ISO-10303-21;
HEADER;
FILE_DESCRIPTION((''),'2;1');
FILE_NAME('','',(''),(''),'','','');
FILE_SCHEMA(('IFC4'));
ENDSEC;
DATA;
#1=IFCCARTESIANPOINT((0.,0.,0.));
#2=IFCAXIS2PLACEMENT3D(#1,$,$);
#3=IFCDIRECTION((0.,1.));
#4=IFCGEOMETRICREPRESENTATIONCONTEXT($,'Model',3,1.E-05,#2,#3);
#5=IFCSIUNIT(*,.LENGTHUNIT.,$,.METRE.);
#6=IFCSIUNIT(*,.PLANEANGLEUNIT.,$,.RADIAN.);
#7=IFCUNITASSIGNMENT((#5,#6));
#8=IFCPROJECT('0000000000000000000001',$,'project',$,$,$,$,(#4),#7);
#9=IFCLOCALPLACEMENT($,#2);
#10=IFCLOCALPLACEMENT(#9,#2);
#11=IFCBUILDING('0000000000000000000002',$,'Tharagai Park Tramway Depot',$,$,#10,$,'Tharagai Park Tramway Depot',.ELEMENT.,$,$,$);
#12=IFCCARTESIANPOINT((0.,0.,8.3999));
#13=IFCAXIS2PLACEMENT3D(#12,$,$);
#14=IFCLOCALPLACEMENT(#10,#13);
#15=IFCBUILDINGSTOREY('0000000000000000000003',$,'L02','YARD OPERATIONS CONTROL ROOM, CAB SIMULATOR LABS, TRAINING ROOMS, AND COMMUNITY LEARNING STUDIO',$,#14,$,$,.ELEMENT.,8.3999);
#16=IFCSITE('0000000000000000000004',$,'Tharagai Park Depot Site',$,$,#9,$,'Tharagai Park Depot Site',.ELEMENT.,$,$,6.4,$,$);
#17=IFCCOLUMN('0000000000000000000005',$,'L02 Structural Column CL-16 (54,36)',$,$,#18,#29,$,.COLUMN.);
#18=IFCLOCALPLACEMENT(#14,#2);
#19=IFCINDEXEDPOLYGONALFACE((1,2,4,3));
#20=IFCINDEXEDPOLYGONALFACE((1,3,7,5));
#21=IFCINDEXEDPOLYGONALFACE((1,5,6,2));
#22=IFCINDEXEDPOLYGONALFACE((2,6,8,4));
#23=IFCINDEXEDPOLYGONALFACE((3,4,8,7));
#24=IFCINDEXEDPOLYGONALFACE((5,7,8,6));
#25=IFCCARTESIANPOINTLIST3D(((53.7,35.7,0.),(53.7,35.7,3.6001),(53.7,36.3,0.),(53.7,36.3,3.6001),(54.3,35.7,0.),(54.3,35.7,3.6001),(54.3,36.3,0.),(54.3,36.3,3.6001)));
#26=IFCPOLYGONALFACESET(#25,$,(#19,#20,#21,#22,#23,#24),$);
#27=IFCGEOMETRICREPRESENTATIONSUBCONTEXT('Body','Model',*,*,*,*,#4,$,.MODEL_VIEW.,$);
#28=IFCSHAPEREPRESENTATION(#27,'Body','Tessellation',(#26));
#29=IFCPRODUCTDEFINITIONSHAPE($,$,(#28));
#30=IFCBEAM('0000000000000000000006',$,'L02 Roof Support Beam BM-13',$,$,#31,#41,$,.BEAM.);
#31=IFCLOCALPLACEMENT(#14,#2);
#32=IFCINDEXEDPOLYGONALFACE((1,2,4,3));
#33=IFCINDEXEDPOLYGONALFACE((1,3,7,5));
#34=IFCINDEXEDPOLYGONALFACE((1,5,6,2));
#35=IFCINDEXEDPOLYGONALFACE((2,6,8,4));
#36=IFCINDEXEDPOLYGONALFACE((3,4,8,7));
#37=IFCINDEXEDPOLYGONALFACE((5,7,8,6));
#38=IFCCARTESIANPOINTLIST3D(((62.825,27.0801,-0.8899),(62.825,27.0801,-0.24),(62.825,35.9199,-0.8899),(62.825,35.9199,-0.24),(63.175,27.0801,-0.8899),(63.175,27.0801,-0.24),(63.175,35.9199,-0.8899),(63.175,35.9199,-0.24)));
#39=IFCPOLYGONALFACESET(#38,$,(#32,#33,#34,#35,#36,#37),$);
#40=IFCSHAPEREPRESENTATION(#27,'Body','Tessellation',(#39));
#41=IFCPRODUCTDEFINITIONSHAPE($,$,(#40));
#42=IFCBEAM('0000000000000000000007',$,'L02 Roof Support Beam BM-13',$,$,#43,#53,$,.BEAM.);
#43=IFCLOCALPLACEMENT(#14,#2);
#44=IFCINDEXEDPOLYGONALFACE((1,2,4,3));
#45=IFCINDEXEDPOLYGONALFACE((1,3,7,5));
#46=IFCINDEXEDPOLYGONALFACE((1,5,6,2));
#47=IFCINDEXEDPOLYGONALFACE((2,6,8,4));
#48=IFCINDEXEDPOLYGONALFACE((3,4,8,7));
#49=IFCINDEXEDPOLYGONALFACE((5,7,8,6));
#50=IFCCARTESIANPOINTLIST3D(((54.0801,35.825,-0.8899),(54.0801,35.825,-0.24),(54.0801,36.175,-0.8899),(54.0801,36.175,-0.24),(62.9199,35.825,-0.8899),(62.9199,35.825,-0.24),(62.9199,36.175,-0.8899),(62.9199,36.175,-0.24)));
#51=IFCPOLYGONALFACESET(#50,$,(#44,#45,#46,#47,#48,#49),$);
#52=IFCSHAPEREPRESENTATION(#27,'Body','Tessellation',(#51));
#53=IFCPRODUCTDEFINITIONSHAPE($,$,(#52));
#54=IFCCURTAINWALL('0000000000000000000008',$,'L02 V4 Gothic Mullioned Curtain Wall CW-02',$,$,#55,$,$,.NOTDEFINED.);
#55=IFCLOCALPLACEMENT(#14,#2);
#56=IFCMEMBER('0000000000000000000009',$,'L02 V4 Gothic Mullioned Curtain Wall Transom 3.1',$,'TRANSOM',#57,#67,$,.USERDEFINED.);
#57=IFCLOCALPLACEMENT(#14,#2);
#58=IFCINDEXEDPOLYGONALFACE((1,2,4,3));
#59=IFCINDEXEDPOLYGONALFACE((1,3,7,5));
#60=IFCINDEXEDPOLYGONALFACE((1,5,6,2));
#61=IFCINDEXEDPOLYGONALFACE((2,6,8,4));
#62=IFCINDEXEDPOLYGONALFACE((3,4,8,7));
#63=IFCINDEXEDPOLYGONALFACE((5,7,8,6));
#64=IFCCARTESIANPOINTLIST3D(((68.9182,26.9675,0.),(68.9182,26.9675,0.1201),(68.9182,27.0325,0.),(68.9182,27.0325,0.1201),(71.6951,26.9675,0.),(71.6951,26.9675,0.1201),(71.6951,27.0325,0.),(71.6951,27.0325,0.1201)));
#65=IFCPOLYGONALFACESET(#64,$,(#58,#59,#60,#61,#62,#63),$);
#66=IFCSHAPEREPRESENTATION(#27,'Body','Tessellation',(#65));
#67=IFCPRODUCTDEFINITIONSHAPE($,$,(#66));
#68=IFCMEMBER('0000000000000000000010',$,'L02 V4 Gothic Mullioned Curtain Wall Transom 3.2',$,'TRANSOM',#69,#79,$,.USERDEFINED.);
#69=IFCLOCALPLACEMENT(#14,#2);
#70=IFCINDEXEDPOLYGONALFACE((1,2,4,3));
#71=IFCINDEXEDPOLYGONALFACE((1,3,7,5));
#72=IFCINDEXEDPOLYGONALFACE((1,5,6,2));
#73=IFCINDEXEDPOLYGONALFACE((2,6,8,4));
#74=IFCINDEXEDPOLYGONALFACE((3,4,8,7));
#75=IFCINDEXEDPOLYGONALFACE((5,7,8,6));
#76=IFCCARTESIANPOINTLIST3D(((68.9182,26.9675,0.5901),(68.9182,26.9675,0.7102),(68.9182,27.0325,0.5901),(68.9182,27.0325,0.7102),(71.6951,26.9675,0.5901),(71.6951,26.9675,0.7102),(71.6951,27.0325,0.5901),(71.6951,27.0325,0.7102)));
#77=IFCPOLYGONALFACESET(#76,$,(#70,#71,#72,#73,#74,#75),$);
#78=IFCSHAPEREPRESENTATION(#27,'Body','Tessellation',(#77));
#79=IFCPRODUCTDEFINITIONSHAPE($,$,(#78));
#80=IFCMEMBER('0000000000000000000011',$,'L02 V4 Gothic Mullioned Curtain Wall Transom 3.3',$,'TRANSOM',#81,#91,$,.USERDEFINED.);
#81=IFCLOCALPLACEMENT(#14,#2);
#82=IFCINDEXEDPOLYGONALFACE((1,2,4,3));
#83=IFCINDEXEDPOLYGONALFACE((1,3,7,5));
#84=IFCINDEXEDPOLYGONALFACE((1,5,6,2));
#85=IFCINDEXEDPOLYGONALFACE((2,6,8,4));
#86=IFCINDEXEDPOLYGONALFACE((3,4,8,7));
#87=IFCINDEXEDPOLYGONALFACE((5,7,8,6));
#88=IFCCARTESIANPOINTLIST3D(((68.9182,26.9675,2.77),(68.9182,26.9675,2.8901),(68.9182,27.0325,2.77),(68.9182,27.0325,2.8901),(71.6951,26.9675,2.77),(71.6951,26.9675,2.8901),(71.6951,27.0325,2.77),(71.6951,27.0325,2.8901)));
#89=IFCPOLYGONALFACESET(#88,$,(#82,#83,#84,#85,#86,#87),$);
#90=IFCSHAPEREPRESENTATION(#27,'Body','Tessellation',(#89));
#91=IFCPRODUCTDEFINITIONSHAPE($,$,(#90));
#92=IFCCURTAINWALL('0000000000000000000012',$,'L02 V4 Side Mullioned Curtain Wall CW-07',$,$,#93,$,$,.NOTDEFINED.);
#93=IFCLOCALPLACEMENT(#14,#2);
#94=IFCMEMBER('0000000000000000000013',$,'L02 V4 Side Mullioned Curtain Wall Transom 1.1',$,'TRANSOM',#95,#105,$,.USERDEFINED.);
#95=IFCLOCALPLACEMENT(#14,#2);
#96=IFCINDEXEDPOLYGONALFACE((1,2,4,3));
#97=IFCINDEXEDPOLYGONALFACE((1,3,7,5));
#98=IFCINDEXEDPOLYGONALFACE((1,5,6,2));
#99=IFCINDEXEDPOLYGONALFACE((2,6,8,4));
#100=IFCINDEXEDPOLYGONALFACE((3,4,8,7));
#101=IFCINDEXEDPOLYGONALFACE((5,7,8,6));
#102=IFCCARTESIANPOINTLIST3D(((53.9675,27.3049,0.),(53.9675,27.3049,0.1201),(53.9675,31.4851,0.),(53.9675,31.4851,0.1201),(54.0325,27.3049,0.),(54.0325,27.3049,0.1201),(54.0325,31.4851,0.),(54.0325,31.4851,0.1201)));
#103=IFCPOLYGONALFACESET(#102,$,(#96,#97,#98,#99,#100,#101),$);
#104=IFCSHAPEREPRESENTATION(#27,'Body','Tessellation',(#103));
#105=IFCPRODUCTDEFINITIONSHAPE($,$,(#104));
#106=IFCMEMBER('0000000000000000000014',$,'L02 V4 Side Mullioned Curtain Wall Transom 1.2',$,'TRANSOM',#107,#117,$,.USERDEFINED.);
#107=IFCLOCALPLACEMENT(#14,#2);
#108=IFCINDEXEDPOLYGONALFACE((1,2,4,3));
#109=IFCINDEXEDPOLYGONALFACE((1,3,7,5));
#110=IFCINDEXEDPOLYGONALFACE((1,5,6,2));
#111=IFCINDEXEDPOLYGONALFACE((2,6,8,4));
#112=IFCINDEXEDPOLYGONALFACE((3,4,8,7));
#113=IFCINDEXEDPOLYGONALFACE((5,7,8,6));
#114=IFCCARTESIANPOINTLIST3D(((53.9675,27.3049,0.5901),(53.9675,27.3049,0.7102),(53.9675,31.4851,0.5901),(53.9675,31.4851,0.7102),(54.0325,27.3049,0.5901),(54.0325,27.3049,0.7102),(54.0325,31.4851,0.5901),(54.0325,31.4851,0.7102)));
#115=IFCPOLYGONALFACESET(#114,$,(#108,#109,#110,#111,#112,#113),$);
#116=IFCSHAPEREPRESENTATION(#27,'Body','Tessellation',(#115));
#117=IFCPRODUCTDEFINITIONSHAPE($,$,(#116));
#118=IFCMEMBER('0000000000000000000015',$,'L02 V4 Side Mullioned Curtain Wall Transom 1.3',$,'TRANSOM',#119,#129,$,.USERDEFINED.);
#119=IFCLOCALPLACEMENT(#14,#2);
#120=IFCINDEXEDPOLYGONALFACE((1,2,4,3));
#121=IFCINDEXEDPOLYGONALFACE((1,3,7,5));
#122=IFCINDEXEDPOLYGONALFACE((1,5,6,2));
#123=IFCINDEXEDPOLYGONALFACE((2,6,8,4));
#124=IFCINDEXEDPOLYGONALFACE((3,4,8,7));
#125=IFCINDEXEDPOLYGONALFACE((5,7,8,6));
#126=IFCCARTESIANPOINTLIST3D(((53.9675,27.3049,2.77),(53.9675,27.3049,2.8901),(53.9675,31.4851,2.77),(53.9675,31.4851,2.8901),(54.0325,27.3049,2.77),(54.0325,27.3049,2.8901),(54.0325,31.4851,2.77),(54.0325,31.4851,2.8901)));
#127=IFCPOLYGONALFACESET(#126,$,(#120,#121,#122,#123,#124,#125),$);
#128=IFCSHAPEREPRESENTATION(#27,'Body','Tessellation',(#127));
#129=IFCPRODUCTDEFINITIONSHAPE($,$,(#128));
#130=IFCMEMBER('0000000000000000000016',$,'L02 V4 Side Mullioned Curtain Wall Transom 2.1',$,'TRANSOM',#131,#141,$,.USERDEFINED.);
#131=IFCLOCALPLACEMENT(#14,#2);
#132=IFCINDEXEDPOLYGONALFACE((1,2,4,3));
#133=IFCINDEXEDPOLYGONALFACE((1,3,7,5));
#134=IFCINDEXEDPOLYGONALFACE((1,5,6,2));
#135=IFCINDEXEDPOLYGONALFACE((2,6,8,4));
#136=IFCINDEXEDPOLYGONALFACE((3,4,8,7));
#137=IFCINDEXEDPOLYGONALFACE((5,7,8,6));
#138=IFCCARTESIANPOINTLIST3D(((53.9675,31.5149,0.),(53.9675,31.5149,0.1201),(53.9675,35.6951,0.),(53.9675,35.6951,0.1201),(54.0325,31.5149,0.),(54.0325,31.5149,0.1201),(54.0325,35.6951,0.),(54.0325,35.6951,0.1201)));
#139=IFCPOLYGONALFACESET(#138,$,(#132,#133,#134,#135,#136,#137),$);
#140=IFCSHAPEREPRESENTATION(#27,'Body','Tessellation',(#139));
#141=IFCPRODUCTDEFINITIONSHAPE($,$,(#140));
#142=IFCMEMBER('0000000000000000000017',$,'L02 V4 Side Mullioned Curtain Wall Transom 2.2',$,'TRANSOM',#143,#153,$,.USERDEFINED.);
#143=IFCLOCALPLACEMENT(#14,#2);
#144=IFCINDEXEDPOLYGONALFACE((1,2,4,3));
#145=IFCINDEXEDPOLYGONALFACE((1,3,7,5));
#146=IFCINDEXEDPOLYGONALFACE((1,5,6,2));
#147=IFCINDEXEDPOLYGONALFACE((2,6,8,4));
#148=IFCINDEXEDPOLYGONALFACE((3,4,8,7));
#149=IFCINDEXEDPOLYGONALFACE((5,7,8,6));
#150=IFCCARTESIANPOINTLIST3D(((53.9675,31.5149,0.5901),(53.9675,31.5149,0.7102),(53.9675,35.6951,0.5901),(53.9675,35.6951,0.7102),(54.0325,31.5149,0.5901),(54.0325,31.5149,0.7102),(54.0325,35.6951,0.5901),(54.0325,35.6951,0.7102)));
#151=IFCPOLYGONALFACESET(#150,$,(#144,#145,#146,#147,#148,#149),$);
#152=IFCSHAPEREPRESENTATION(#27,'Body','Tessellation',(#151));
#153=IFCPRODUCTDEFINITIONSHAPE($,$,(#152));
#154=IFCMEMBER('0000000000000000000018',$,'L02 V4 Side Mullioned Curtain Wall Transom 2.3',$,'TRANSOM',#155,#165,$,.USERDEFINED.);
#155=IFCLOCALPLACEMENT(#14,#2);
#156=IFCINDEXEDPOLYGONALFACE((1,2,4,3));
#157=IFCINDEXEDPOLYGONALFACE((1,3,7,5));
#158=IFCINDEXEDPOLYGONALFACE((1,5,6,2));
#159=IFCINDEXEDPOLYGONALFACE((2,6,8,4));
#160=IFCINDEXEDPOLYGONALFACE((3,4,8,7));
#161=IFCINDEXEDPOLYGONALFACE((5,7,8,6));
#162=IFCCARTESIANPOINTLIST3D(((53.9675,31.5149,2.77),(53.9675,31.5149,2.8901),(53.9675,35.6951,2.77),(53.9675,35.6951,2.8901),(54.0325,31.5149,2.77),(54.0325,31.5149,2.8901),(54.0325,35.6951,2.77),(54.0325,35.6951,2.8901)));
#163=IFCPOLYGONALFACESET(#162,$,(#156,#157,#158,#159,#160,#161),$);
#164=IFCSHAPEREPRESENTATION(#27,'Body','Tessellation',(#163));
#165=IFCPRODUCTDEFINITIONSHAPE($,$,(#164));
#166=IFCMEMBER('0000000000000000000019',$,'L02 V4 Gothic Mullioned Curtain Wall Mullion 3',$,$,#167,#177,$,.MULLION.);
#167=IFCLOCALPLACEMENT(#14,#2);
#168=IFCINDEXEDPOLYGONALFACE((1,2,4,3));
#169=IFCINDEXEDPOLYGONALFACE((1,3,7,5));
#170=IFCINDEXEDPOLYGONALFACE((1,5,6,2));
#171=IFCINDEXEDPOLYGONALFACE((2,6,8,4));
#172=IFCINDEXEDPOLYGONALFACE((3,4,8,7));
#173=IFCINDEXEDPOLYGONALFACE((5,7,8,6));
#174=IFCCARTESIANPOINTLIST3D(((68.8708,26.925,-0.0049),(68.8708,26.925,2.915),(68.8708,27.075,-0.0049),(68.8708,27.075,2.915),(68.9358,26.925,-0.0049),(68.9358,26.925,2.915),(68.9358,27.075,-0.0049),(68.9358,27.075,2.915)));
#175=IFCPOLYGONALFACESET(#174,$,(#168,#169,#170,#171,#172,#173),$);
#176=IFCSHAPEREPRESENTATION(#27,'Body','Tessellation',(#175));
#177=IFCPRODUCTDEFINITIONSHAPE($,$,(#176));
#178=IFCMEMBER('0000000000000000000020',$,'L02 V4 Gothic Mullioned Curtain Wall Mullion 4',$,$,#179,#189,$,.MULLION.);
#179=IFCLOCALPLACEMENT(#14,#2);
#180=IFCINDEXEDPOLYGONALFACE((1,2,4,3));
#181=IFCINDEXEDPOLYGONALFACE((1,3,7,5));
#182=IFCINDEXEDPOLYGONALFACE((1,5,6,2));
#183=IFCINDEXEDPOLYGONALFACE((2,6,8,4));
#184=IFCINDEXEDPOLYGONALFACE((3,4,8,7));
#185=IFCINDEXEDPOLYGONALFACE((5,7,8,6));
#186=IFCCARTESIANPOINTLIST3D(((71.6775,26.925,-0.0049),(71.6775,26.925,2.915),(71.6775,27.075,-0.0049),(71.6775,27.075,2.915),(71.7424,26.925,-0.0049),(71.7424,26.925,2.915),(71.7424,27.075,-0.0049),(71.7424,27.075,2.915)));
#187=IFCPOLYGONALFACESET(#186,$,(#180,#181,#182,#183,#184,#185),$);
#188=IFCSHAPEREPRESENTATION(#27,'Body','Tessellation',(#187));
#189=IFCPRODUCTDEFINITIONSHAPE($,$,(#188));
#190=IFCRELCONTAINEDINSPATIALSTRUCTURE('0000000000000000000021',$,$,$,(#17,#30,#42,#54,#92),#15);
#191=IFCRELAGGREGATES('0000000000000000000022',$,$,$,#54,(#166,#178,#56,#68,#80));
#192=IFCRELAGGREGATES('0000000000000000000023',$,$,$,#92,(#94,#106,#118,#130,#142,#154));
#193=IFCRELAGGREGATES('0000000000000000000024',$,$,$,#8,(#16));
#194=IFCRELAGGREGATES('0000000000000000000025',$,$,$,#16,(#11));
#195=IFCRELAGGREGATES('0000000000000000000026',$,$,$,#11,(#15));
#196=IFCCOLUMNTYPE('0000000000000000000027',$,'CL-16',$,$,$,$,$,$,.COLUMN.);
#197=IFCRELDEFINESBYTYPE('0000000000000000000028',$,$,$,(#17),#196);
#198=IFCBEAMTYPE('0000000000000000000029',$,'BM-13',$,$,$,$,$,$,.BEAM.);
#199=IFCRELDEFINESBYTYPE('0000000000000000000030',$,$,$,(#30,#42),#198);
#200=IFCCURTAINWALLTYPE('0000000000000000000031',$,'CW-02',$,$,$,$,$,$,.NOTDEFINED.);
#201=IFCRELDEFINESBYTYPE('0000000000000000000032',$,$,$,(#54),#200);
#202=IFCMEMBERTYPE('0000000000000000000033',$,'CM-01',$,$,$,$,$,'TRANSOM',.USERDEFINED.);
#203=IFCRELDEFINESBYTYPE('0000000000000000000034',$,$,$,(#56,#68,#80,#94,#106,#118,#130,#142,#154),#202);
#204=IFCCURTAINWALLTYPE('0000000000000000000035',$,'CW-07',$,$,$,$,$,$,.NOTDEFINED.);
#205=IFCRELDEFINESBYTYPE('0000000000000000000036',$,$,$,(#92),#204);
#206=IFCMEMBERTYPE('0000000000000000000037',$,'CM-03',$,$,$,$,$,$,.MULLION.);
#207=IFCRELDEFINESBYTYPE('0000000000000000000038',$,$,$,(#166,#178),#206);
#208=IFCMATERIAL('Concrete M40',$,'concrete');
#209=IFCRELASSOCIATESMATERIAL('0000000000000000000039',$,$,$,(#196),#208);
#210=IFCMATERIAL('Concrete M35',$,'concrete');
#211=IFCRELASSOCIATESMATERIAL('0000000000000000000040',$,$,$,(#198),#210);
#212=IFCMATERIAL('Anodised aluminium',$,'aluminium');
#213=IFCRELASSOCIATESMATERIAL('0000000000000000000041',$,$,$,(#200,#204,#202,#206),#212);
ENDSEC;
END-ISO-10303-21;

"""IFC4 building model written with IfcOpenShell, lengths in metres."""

from ifc_helpers import new_model, si_unit, direction, frame, origin, origin_2d, place, context, subcontext, project, spatial, rectangle, extrude, material, material_profile, profile_set, type_object, element, aggregate, save


model = new_model("IFC4")

# Units and contexts
model_context = context("Model", 3, precision=1e-05, world=origin(), true_north=direction((0.0, 1.0)))
body_context = subcontext(model_context, "Body", "Model", "MODEL_VIEW")
ifc_project = project(units=[si_unit("LENGTHUNIT", "METRE"), si_unit("PLANEANGLEUNIT", "RADIAN")], contexts=[model_context])

# Site, building, storey
site_placement = place(None, origin())
site = spatial("IfcSite", under=ifc_project, at=site_placement, Name="Tharagai Park Depot Site", LongName="Tharagai Park Depot Site", CompositionType="ELEMENT", RefElevation=6.4)
building_placement = place(site_placement, origin())
building = spatial("IfcBuilding", under=site, at=building_placement, Name="Tharagai Park Tramway Depot", LongName="Tharagai Park Tramway Depot", CompositionType="ELEMENT")
storey_placement = place(building_placement, frame((0.0, 0.0, 8.3999)))
storey = spatial("IfcBuildingStorey", under=building, at=storey_placement, Name="L02", Description="YARD OPERATIONS CONTROL ROOM, CAB SIMULATOR LABS, TRAINING ROOMS, AND COMMUNITY LEARNING STUDIO", CompositionType="ELEMENT", Elevation=8.3999)

# Column
ifc_material_1 = material(Name="Concrete M40", Category="concrete")
ifc_material_profile_1 = material_profile(ifc_material_1, rectangle(XDim=0.6001, YDim=0.6001, at=origin_2d()), Name="RC 600x600")
ifc_profile_set_1 = profile_set([ifc_material_profile_1], Name="Concrete M40")
column_type = type_object("IfcColumnType", Name="CL-16", PredefinedType="COLUMN", material=ifc_profile_set_1)
column_placement = place(storey_placement, frame((54.0, 36.0, 0.0), z_axis=(0.0, 0.0, 1.0), x_axis=(1.0, 0.0, 0.0)))
element("IfcColumn", 1, at=column_placement, inside=storey, type_object=column_type, Name="L02 Structural Column CL-16 (54,36)", PredefinedType="COLUMN", context=body_context, shape_type="SweptSolid", body=[
    extrude(rectangle(XDim=0.6001, YDim=0.6001, at=origin_2d()), origin(), (0.0, 0.0, 1.0), 3.6001),
])

# Beams
ifc_material_2 = material(Name="Concrete M35", Category="concrete")
ifc_material_profile_2 = material_profile(ifc_material_2, rectangle(XDim=0.3501, YDim=0.6499, at=origin_2d()), Name="RC 350x650")
ifc_profile_set_2 = profile_set([ifc_material_profile_2], Name="Concrete M35")
beam_type_1 = type_object("IfcBeamType", Name="BM-13", PredefinedType="BEAM", material=ifc_profile_set_2)
for number, where, z_axis, x_axis, name in (
    (2, (63.0, 27.0801, -0.5649), (0.0, 1.0, 0.0), (-1.0, 0.0, 0.0), "L02 Roof Support Beam BM-13"),
    (3, (54.0801, 36.0, -0.5649), (1.0, 0.0, 0.0), (0.0, 1.0, 0.0), "L02 Roof Support Beam BM-13"),
):
    element("IfcBeam", number, at=place(storey_placement, frame(where, z_axis=z_axis, x_axis=x_axis)), inside=storey, type_object=beam_type_1, Name=name, PredefinedType="BEAM", context=body_context, shape_type="SweptSolid", body=[
        extrude(rectangle(XDim=0.3501, YDim=0.6499, at=origin_2d()), origin(), (0.0, 0.0, 1.0), 8.8398),
    ])

# Curtain walls, members
ifc_material_3 = material(Name="Anodised aluminium", Category="aluminium")
curtain_wall_type_1 = type_object("IfcCurtainWallType", Name="CW-02", PredefinedType="NOTDEFINED", material=ifc_material_3)
curtain_wall_1_placement = place(storey_placement, origin())
curtain_wall_1 = element("IfcCurtainWall", 4, at=curtain_wall_1_placement, inside=storey, type_object=curtain_wall_type_1, Name="L02 V4 Gothic Mullioned Curtain Wall CW-02", PredefinedType="NOTDEFINED")
ifc_material_profile_3 = material_profile(ifc_material_3, rectangle(XDim=0.0649, YDim=0.1201, at=origin_2d()), Name="ALU 65x120")
ifc_profile_set_3 = profile_set([ifc_material_profile_3], Name="Anodised aluminium")
member_type_1 = type_object("IfcMemberType", Name="CM-01", ElementType="TRANSOM", PredefinedType="USERDEFINED", material=ifc_profile_set_3)
member_1_placement = place(storey_placement, frame((68.9182, 27.0, 0.0601), z_axis=(1.0, 0.0, 0.0), x_axis=(0.0, 1.0, 0.0)))
member_1 = element("IfcMember", 5, at=member_1_placement, type_object=member_type_1, Name="L02 V4 Gothic Mullioned Curtain Wall Transom 3.1", ObjectType="TRANSOM", PredefinedType="USERDEFINED", context=body_context, shape_type="SweptSolid", body=[
    extrude(rectangle(XDim=0.0649, YDim=0.1201, at=origin_2d()), origin(), (0.0, 0.0, 1.0), 2.7769),
])
member_2_placement = place(storey_placement, frame((68.9182, 27.0, 0.6501), z_axis=(1.0, 0.0, 0.0), x_axis=(0.0, 1.0, 0.0)))
member_2 = element("IfcMember", 6, at=member_2_placement, type_object=member_type_1, Name="L02 V4 Gothic Mullioned Curtain Wall Transom 3.2", ObjectType="TRANSOM", PredefinedType="USERDEFINED", context=body_context, shape_type="SweptSolid", body=[
    extrude(rectangle(XDim=0.0649, YDim=0.1201, at=origin_2d()), origin(), (0.0, 0.0, 1.0), 2.7769),
])
member_3_placement = place(storey_placement, frame((68.9182, 27.0, 2.8301), z_axis=(1.0, 0.0, 0.0), x_axis=(0.0, 1.0, 0.0)))
member_3 = element("IfcMember", 7, at=member_3_placement, type_object=member_type_1, Name="L02 V4 Gothic Mullioned Curtain Wall Transom 3.3", ObjectType="TRANSOM", PredefinedType="USERDEFINED", context=body_context, shape_type="SweptSolid", body=[
    extrude(rectangle(XDim=0.0649, YDim=0.1201, at=origin_2d()), origin(), (0.0, 0.0, 1.0), 2.7769),
])
curtain_wall_type_2 = type_object("IfcCurtainWallType", Name="CW-07", PredefinedType="NOTDEFINED", material=ifc_material_3)
curtain_wall_2_placement = place(storey_placement, origin())
curtain_wall_2 = element("IfcCurtainWall", 8, at=curtain_wall_2_placement, inside=storey, type_object=curtain_wall_type_2, Name="L02 V4 Side Mullioned Curtain Wall CW-07", PredefinedType="NOTDEFINED")
member_4_placement = place(storey_placement, frame((54.0, 27.3049, 0.0601), z_axis=(0.0, 1.0, 0.0), x_axis=(-1.0, 0.0, 0.0)))
member_4 = element("IfcMember", 9, at=member_4_placement, type_object=member_type_1, Name="L02 V4 Side Mullioned Curtain Wall Transom 1.1", ObjectType="TRANSOM", PredefinedType="USERDEFINED", context=body_context, shape_type="SweptSolid", body=[
    extrude(rectangle(XDim=0.0649, YDim=0.1201, at=origin_2d()), origin(), (0.0, 0.0, 1.0), 4.1802),
])
member_5_placement = place(storey_placement, frame((54.0, 27.3049, 0.6501), z_axis=(0.0, 1.0, 0.0), x_axis=(-1.0, 0.0, 0.0)))
member_5 = element("IfcMember", 10, at=member_5_placement, type_object=member_type_1, Name="L02 V4 Side Mullioned Curtain Wall Transom 1.2", ObjectType="TRANSOM", PredefinedType="USERDEFINED", context=body_context, shape_type="SweptSolid", body=[
    extrude(rectangle(XDim=0.0649, YDim=0.1201, at=origin_2d()), origin(), (0.0, 0.0, 1.0), 4.1802),
])
member_6_placement = place(storey_placement, frame((54.0, 27.3049, 2.8301), z_axis=(0.0, 1.0, 0.0), x_axis=(-1.0, 0.0, 0.0)))
member_6 = element("IfcMember", 11, at=member_6_placement, type_object=member_type_1, Name="L02 V4 Side Mullioned Curtain Wall Transom 1.3", ObjectType="TRANSOM", PredefinedType="USERDEFINED", context=body_context, shape_type="SweptSolid", body=[
    extrude(rectangle(XDim=0.0649, YDim=0.1201, at=origin_2d()), origin(), (0.0, 0.0, 1.0), 4.1802),
])
member_7_placement = place(storey_placement, frame((54.0, 31.5149, 0.0601), z_axis=(0.0, 1.0, 0.0), x_axis=(-1.0, 0.0, 0.0)))
member_7 = element("IfcMember", 12, at=member_7_placement, type_object=member_type_1, Name="L02 V4 Side Mullioned Curtain Wall Transom 2.1", ObjectType="TRANSOM", PredefinedType="USERDEFINED", context=body_context, shape_type="SweptSolid", body=[
    extrude(rectangle(XDim=0.0649, YDim=0.1201, at=origin_2d()), origin(), (0.0, 0.0, 1.0), 4.1802),
])
member_8_placement = place(storey_placement, frame((54.0, 31.5149, 0.6501), z_axis=(0.0, 1.0, 0.0), x_axis=(-1.0, 0.0, 0.0)))
member_8 = element("IfcMember", 13, at=member_8_placement, type_object=member_type_1, Name="L02 V4 Side Mullioned Curtain Wall Transom 2.2", ObjectType="TRANSOM", PredefinedType="USERDEFINED", context=body_context, shape_type="SweptSolid", body=[
    extrude(rectangle(XDim=0.0649, YDim=0.1201, at=origin_2d()), origin(), (0.0, 0.0, 1.0), 4.1802),
])
member_9_placement = place(storey_placement, frame((54.0, 31.5149, 2.8301), z_axis=(0.0, 1.0, 0.0), x_axis=(-1.0, 0.0, 0.0)))
member_9 = element("IfcMember", 14, at=member_9_placement, type_object=member_type_1, Name="L02 V4 Side Mullioned Curtain Wall Transom 2.3", ObjectType="TRANSOM", PredefinedType="USERDEFINED", context=body_context, shape_type="SweptSolid", body=[
    extrude(rectangle(XDim=0.0649, YDim=0.1201, at=origin_2d()), origin(), (0.0, 0.0, 1.0), 4.1802),
])

# Members
ifc_material_profile_4 = material_profile(ifc_material_3, rectangle(XDim=0.0649, YDim=0.1499, at=origin_2d()), Name="ALU 65x150")
ifc_profile_set_4 = profile_set([ifc_material_profile_4], Name="Anodised aluminium")
member_type_2 = type_object("IfcMemberType", Name="CM-03", PredefinedType="MULLION", material=ifc_profile_set_4)
member_10_placement = place(storey_placement, frame((68.9033, 27.0, -0.0049), z_axis=(0.0, 0.0, 1.0), x_axis=(1.0, 0.0, 0.0)))
member_10 = element("IfcMember", 15, at=member_10_placement, type_object=member_type_2, Name="L02 V4 Gothic Mullioned Curtain Wall Mullion 3", PredefinedType="MULLION", context=body_context, shape_type="SweptSolid", body=[
    extrude(rectangle(XDim=0.0649, YDim=0.1499, at=origin_2d()), origin(), (0.0, 0.0, 1.0), 2.9199),
])
member_11_placement = place(storey_placement, frame((71.71, 27.0, -0.0049), z_axis=(0.0, 0.0, 1.0), x_axis=(1.0, 0.0, 0.0)))
member_11 = element("IfcMember", 16, at=member_11_placement, type_object=member_type_2, Name="L02 V4 Gothic Mullioned Curtain Wall Mullion 4", PredefinedType="MULLION", context=body_context, shape_type="SweptSolid", body=[
    extrude(rectangle(XDim=0.0649, YDim=0.1499, at=origin_2d()), origin(), (0.0, 0.0, 1.0), 2.9199),
])

aggregate(curtain_wall_1, [member_10, member_11, member_1, member_2, member_3])
aggregate(curtain_wall_2, [member_4, member_5, member_6, member_7, member_8, member_9])

save(model, "model.ifc")
